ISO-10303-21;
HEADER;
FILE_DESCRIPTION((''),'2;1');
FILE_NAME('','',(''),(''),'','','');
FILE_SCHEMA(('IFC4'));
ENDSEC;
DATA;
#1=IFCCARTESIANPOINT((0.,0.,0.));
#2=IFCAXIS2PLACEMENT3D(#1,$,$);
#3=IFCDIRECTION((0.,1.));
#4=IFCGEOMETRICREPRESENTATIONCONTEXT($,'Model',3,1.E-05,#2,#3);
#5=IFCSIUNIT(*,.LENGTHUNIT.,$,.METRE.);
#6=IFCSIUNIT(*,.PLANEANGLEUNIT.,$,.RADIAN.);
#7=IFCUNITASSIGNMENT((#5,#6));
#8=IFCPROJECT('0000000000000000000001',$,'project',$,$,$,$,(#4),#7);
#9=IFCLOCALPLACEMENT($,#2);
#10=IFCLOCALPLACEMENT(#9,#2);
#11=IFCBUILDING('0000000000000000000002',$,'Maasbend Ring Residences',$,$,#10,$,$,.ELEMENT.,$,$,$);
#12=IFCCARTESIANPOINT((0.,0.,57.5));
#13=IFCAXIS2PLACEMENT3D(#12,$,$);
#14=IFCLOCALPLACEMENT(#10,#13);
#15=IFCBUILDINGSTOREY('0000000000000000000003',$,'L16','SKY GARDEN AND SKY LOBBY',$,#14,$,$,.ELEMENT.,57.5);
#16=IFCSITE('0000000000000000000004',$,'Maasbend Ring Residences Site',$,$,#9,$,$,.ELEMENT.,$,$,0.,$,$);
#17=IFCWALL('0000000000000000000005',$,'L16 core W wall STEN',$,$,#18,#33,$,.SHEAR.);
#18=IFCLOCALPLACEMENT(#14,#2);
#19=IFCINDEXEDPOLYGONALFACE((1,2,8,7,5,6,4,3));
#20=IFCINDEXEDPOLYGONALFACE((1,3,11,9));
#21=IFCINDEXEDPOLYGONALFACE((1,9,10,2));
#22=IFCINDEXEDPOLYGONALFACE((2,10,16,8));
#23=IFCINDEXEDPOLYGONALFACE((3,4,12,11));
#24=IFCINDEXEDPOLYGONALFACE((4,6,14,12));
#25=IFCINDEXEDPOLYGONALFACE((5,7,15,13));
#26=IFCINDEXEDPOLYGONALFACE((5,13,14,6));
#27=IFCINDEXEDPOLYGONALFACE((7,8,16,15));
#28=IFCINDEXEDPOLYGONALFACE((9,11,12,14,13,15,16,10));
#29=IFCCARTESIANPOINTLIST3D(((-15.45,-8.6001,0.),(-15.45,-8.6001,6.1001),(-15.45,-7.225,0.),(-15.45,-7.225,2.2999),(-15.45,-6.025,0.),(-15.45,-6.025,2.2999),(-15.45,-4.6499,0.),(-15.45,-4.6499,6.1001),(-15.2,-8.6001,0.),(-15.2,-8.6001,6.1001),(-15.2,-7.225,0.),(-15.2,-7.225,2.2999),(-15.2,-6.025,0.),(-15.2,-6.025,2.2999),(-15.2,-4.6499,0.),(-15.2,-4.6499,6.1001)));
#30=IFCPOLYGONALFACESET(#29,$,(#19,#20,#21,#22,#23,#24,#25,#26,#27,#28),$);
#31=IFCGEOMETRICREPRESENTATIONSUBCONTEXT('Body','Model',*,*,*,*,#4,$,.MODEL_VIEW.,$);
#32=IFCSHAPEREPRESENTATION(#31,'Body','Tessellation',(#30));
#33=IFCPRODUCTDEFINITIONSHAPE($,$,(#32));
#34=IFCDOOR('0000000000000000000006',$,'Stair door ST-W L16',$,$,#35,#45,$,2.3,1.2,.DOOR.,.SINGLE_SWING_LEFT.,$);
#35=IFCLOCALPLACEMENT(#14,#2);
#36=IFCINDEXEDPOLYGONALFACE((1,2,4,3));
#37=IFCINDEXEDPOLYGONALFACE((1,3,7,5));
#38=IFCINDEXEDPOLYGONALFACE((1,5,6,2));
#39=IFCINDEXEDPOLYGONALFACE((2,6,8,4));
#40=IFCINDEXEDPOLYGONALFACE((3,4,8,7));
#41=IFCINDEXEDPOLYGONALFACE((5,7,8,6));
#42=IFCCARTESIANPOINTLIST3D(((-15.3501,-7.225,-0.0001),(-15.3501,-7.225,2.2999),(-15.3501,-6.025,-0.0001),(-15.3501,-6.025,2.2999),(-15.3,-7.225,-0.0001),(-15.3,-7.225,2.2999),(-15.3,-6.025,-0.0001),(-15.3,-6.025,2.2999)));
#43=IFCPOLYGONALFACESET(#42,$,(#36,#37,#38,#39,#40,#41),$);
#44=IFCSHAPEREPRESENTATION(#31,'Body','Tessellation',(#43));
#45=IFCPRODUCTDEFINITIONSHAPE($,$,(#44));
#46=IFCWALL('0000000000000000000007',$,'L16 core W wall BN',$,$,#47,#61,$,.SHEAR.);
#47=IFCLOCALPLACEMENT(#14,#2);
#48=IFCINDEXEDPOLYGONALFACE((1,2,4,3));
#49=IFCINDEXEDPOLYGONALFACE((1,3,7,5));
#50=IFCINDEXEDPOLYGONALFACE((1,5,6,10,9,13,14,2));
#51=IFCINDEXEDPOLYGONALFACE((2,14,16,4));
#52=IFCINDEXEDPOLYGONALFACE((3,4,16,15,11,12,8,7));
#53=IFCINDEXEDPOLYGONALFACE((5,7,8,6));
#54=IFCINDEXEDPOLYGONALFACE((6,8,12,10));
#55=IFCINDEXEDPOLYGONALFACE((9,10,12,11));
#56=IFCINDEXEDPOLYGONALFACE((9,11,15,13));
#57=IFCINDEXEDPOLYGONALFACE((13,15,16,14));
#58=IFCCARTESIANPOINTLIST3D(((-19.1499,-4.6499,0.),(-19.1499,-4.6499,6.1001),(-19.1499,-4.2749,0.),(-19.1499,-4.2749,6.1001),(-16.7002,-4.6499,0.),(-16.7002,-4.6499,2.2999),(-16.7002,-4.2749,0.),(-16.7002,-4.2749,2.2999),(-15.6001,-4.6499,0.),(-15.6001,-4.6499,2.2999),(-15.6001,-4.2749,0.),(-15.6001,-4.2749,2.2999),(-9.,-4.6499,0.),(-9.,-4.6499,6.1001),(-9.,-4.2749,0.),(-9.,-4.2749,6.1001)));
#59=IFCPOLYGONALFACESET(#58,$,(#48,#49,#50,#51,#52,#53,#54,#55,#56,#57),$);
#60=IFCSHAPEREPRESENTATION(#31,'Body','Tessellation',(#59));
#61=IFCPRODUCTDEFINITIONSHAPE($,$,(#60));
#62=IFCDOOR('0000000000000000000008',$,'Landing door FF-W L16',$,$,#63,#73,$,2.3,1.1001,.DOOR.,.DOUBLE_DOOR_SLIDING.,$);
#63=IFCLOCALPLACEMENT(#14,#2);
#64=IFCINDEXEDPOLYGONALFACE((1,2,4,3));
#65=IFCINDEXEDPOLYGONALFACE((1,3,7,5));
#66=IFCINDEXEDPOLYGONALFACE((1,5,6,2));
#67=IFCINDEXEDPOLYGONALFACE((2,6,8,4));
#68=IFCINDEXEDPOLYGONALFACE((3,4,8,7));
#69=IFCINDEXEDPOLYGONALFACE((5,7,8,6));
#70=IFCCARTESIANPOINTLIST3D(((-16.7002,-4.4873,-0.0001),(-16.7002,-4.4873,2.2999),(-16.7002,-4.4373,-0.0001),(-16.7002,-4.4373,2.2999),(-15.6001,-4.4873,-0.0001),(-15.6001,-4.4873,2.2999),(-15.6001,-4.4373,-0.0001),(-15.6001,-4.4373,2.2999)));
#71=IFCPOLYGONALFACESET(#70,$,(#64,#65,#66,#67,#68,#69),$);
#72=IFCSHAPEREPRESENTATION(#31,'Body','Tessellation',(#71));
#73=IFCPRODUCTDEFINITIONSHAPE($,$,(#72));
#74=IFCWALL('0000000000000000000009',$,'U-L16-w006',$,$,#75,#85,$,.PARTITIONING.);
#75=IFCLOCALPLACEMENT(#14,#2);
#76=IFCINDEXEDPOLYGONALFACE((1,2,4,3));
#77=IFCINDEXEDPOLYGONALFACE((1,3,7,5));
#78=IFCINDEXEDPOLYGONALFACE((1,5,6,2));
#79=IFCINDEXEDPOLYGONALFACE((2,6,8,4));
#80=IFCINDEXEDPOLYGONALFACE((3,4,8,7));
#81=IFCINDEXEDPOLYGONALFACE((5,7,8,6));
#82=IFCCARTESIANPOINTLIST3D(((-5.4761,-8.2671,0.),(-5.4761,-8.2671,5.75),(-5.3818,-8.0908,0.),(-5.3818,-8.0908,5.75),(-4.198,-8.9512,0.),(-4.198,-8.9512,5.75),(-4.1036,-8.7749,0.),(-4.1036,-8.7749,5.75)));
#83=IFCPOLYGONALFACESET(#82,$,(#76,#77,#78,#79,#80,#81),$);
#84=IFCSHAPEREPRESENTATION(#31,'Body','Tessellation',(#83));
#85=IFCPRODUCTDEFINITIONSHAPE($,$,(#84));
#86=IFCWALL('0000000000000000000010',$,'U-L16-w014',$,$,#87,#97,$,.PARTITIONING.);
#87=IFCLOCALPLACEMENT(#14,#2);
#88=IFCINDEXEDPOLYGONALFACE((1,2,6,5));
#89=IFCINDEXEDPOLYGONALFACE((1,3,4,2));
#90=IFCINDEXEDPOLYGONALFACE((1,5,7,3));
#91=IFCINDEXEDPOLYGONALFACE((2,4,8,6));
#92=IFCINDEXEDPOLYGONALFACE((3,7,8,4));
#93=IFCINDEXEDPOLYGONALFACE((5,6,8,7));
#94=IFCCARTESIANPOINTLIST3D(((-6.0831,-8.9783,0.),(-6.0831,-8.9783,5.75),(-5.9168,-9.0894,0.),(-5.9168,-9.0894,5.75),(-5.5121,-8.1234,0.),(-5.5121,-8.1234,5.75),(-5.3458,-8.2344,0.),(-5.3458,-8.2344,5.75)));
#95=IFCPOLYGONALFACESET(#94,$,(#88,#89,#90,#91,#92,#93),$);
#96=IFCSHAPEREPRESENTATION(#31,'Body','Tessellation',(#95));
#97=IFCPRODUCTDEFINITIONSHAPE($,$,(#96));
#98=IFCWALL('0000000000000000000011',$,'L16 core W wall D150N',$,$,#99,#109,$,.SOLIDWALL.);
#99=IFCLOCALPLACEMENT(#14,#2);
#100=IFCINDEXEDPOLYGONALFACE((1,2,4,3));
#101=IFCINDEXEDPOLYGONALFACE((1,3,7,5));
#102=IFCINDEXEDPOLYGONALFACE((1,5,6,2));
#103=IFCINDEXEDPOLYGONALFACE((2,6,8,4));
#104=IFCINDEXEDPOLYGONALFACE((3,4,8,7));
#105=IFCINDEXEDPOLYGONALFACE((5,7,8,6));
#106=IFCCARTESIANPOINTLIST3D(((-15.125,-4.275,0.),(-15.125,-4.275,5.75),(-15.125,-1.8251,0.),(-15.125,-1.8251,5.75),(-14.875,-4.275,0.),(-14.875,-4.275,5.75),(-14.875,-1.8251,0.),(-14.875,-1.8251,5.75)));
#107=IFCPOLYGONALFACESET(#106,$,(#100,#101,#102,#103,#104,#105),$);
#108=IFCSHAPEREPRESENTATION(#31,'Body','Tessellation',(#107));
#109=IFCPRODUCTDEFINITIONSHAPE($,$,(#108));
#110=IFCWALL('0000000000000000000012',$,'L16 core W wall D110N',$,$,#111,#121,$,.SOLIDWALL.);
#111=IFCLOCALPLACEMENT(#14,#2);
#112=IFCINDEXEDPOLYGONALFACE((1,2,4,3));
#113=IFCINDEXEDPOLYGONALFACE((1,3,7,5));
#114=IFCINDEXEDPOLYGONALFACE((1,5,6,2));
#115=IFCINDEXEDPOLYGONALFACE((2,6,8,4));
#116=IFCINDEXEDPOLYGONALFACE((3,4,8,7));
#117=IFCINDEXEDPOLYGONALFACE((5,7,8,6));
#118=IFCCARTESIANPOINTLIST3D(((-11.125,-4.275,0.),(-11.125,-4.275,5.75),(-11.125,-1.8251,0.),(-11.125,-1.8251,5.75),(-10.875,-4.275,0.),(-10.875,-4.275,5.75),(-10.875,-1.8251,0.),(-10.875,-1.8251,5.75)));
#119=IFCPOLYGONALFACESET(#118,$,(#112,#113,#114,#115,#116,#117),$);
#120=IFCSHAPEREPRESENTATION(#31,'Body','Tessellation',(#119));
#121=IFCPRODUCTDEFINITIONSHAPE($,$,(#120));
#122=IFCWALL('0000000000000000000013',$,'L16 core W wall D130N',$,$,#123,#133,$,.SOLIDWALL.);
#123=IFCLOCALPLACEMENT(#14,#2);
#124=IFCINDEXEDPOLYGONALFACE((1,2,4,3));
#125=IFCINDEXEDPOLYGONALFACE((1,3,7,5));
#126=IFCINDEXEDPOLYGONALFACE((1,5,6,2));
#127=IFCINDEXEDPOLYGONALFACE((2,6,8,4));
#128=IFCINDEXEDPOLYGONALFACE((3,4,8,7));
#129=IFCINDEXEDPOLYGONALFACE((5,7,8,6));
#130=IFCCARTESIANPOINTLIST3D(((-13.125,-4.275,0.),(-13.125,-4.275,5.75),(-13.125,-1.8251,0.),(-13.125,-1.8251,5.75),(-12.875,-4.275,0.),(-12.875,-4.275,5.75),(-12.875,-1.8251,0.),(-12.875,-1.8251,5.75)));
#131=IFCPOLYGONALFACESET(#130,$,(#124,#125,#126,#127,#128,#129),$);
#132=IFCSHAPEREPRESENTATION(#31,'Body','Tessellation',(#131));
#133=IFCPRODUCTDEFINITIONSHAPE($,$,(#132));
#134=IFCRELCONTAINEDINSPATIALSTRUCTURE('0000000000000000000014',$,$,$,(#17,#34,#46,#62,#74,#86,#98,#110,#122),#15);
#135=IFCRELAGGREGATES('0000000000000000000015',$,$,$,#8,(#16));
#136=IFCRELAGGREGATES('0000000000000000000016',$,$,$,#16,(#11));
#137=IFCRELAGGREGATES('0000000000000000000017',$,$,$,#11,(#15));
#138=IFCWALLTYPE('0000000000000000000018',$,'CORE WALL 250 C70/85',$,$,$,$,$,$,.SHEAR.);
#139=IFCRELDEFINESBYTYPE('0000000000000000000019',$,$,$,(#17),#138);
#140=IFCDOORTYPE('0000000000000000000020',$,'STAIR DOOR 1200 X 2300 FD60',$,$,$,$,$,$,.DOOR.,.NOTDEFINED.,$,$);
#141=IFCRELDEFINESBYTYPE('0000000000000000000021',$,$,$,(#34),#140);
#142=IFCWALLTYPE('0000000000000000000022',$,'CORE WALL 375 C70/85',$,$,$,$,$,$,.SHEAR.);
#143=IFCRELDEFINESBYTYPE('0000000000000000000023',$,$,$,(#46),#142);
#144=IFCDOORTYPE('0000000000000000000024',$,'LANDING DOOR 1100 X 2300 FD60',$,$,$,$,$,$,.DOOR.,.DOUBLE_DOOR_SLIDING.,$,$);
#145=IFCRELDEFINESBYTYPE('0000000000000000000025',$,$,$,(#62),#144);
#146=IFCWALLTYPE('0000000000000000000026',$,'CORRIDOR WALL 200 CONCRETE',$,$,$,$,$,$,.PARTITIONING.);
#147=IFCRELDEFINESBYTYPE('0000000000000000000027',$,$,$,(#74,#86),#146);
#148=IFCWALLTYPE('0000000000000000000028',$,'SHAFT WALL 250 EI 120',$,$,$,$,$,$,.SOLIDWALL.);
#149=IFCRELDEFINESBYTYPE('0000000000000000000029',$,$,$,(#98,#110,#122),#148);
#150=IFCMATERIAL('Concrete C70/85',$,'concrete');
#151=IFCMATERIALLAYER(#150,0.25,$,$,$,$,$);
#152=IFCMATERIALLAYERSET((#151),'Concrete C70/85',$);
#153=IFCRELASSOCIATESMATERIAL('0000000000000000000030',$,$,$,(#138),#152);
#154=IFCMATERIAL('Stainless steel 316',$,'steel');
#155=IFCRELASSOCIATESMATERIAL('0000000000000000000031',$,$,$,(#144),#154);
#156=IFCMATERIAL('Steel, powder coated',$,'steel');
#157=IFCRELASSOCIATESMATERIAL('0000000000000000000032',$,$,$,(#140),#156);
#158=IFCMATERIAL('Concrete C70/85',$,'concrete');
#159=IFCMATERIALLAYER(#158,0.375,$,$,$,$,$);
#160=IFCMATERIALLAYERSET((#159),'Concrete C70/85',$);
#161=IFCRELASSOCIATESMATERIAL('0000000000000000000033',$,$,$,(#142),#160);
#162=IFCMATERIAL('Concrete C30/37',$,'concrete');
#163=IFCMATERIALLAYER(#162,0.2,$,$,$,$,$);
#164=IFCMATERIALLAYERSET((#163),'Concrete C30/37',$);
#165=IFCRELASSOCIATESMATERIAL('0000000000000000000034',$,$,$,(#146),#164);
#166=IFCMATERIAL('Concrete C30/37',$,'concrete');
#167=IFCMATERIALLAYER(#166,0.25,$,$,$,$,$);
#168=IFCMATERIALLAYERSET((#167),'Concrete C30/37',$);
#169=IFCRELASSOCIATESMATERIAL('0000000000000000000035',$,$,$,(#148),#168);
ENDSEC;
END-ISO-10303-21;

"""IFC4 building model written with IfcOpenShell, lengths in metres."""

from ifc_helpers import new_model, si_unit, direction, frame, frame_2d, origin, place, context, subcontext, project, spatial, rectangle, extrude, material, layer, layer_set, type_object, element, fill, save


model = new_model("IFC4")

# Units and contexts
model_context = context("Model", 3, precision=1e-05, world=origin(), true_north=direction((0.0, 1.0)))
body_context = subcontext(model_context, "Body", "Model", "MODEL_VIEW")
ifc_project = project(units=[si_unit("LENGTHUNIT", "METRE"), si_unit("PLANEANGLEUNIT", "RADIAN")], contexts=[model_context])

# Site, building, storey
site_placement = place(None, origin())
site = spatial("IfcSite", under=ifc_project, at=site_placement, Name="Maasbend Ring Residences Site", CompositionType="ELEMENT", RefElevation=0.0)
building_placement = place(site_placement, origin())
building = spatial("IfcBuilding", under=site, at=building_placement, Name="Maasbend Ring Residences", CompositionType="ELEMENT")
storey_placement = place(building_placement, frame((0.0, 0.0, 57.5)))
storey = spatial("IfcBuildingStorey", under=building, at=storey_placement, Name="L16", Description="SKY GARDEN AND SKY LOBBY", CompositionType="ELEMENT", Elevation=57.5)

# Shared definitions
ifc_material_1 = material(Name="Concrete C70/85", Category="concrete")
ifc_layer_1 = layer(ifc_material_1, 0.25)
ifc_layer_set_1 = layer_set([ifc_layer_1], Name="Concrete C70/85")
wall_type_1 = type_object("IfcWallType", Name="CORE WALL 250 C70/85", PredefinedType="SHEAR", material=ifc_layer_set_1)
ifc_material_2 = material(Name="Stainless steel 316", Category="steel")
door_type_1 = type_object("IfcDoorType", Name="LANDING DOOR 1100 X 2300 FD60", OperationType="DOUBLE_DOOR_SLIDING", PredefinedType="DOOR", material=ifc_material_2)

# Walls, openings, doors
wall_1_placement = place(storey_placement, frame((-15.325, -4.6499, 0.0), z_axis=(0.0, 0.0, 1.0), x_axis=(0.0, -1.0, 0.0)))
wall_1 = element("IfcWall", 1, at=wall_1_placement, inside=storey, type_object=wall_type_1, Name="L16 core W wall STEN", PredefinedType="SHEAR", context=body_context, shape_type="SweptSolid", body=[
    extrude(rectangle(XDim=3.9502, YDim=0.25, at=frame_2d((1.9751, 0.0))), origin(), (0.0, 0.0, 1.0), 6.1001),
])
opening_1_placement = place(wall_1_placement, frame((1.375, 0.0, 0.0)))
opening_1 = element("IfcOpeningElement", 2, at=opening_1_placement, cuts=wall_1, PredefinedType="OPENING", context=body_context, shape_type="SweptSolid", body=[
    extrude(rectangle(XDim=1.2, YDim=2.3, at=frame_2d((0.6001, 1.1499))), frame((0.0, 0.135, 0.0), z_axis=(0.0, -1.0, 0.0), x_axis=(1.0, 0.0, 0.0)), (0.0, 0.0, 1.0), 0.27),
])
ifc_material_3 = material(Name="Steel, powder coated", Category="steel")
door_type_2 = type_object("IfcDoorType", Name="STAIR DOOR 1200 X 2300 FD60", OperationType="NOTDEFINED", PredefinedType="DOOR", material=ifc_material_3)
door_1_placement = place(opening_1_placement, origin())
door_1 = element("IfcDoor", 3, at=door_1_placement, inside=storey, type_object=door_type_2, Name="Stair door ST-W L16", OperationType="SINGLE_SWING_LEFT", OverallHeight=2.3, OverallWidth=1.2, PredefinedType="DOOR", context=body_context, shape_type="SweptSolid", body=[
    extrude(rectangle(XDim=1.2, YDim=2.3, at=frame_2d((0.6001, 1.1499))), frame((0.0, 0.0249, 0.0), z_axis=(0.0, -1.0, 0.0), x_axis=(1.0, 0.0, 0.0)), (0.0, 0.0, 1.0), 0.05),
])
fill(opening_1, door_1)
ifc_material_4 = material(Name="Concrete C70/85", Category="concrete")
ifc_layer_2 = layer(ifc_material_4, 0.375)
ifc_layer_set_2 = layer_set([ifc_layer_2], Name="Concrete C70/85")
wall_type_2 = type_object("IfcWallType", Name="CORE WALL 375 C70/85", PredefinedType="SHEAR", material=ifc_layer_set_2)
wall_2_placement = place(storey_placement, frame((-9.0, -4.4624, 0.0), z_axis=(0.0, 0.0, 1.0), x_axis=(-1.0, 0.0, 0.0)))
wall_2 = element("IfcWall", 4, at=wall_2_placement, inside=storey, type_object=wall_type_2, Name="L16 core W wall BN", PredefinedType="SHEAR", context=body_context, shape_type="SweptSolid", body=[
    extrude(rectangle(XDim=10.1499, YDim=0.375, at=frame_2d((5.075, 0.0))), origin(), (0.0, 0.0, 1.0), 6.1001),
])
opening_2_placement = place(wall_2_placement, frame((6.6001, 0.0, 0.0)))
opening_2 = element("IfcOpeningElement", 5, at=opening_2_placement, cuts=wall_2, PredefinedType="OPENING", context=body_context, shape_type="SweptSolid", body=[
    extrude(rectangle(XDim=1.1001, YDim=2.3, at=frame_2d((0.55, 1.1499))), frame((0.0, 0.1975, 0.0), z_axis=(0.0, -1.0, 0.0), x_axis=(1.0, 0.0, 0.0)), (0.0, 0.0, 1.0), 0.395),
])
door_2_placement = place(opening_2_placement, origin())
door_2 = element("IfcDoor", 6, at=door_2_placement, inside=storey, type_object=door_type_1, Name="Landing door FF-W L16", OperationType="DOUBLE_DOOR_SLIDING", OverallHeight=2.3, OverallWidth=1.1001, PredefinedType="DOOR", context=body_context, shape_type="SweptSolid", body=[
    extrude(rectangle(XDim=1.1001, YDim=2.3, at=frame_2d((0.55, 1.1499))), frame((0.0, 0.0249, 0.0), z_axis=(0.0, -1.0, 0.0), x_axis=(1.0, 0.0, 0.0)), (0.0, 0.0, 1.0), 0.05),
])
fill(opening_2, door_2)

# Walls
ifc_material_5 = material(Name="Concrete C30/37", Category="concrete")
ifc_layer_3 = layer(ifc_material_5, 0.2)
ifc_layer_set_3 = layer_set([ifc_layer_3], Name="Concrete C30/37")
wall_type_3 = type_object("IfcWallType", Name="CORRIDOR WALL 200 CONCRETE", PredefinedType="PARTITIONING", material=ifc_layer_set_3)
wall_3_placement = place(storey_placement, frame((-5.429, -8.179, 0.0), z_axis=(0.0, 0.0, 1.0), x_axis=(0.881653, -0.471899, 0.0)))
element("IfcWall", 7, at=wall_3_placement, inside=storey, type_object=wall_type_3, Name="U-L16-w006", PredefinedType="PARTITIONING", context=body_context, shape_type="SweptSolid", body=[
    extrude(rectangle(XDim=1.4497, YDim=0.2, at=frame_2d((0.7249, 0.0))), origin(), (0.0, 0.0, 1.0), 5.75),
])
wall_4_placement = place(storey_placement, frame((-6.0, -9.0339, 0.0), z_axis=(0.0, 0.0, 1.0), x_axis=(0.555412, 0.831575, 0.0)))
element("IfcWall", 8, at=wall_4_placement, inside=storey, type_object=wall_type_3, Name="U-L16-w014", PredefinedType="PARTITIONING", context=body_context, shape_type="SweptSolid", body=[
    extrude(rectangle(XDim=1.0281, YDim=0.2, at=frame_2d((0.5142, 0.0))), origin(), (0.0, 0.0, 1.0), 5.75),
])
ifc_material_6 = material(Name="Concrete C30/37", Category="concrete")
ifc_layer_4 = layer(ifc_material_6, 0.25)
ifc_layer_set_4 = layer_set([ifc_layer_4], Name="Concrete C30/37")
wall_type_4 = type_object("IfcWallType", Name="SHAFT WALL 250 EI 120", PredefinedType="SOLIDWALL", material=ifc_layer_set_4)
for number, where, z_axis, x_axis, name in (
    (9, (-15.0, -1.825, 0.0), (0.0, 0.0, 1.0), (0.0, -1.0, 0.0), "L16 core W wall D150N"),
    (10, (-11.0, -1.825, 0.0), (0.0, 0.0, 1.0), (0.0, -1.0, 0.0), "L16 core W wall D110N"),
    (11, (-13.0, -1.825, 0.0), (0.0, 0.0, 1.0), (0.0, -1.0, 0.0), "L16 core W wall D130N"),
):
    element("IfcWall", number, at=place(storey_placement, frame(where, z_axis=z_axis, x_axis=x_axis)), inside=storey, type_object=wall_type_4, Name=name, PredefinedType="SOLIDWALL", context=body_context, shape_type="SweptSolid", body=[
        extrude(rectangle(XDim=2.45, YDim=0.25, at=frame_2d((1.2251, 0.0))), origin(), (0.0, 0.0, 1.0), 5.75),
    ])

save(model, "model.ifc")
